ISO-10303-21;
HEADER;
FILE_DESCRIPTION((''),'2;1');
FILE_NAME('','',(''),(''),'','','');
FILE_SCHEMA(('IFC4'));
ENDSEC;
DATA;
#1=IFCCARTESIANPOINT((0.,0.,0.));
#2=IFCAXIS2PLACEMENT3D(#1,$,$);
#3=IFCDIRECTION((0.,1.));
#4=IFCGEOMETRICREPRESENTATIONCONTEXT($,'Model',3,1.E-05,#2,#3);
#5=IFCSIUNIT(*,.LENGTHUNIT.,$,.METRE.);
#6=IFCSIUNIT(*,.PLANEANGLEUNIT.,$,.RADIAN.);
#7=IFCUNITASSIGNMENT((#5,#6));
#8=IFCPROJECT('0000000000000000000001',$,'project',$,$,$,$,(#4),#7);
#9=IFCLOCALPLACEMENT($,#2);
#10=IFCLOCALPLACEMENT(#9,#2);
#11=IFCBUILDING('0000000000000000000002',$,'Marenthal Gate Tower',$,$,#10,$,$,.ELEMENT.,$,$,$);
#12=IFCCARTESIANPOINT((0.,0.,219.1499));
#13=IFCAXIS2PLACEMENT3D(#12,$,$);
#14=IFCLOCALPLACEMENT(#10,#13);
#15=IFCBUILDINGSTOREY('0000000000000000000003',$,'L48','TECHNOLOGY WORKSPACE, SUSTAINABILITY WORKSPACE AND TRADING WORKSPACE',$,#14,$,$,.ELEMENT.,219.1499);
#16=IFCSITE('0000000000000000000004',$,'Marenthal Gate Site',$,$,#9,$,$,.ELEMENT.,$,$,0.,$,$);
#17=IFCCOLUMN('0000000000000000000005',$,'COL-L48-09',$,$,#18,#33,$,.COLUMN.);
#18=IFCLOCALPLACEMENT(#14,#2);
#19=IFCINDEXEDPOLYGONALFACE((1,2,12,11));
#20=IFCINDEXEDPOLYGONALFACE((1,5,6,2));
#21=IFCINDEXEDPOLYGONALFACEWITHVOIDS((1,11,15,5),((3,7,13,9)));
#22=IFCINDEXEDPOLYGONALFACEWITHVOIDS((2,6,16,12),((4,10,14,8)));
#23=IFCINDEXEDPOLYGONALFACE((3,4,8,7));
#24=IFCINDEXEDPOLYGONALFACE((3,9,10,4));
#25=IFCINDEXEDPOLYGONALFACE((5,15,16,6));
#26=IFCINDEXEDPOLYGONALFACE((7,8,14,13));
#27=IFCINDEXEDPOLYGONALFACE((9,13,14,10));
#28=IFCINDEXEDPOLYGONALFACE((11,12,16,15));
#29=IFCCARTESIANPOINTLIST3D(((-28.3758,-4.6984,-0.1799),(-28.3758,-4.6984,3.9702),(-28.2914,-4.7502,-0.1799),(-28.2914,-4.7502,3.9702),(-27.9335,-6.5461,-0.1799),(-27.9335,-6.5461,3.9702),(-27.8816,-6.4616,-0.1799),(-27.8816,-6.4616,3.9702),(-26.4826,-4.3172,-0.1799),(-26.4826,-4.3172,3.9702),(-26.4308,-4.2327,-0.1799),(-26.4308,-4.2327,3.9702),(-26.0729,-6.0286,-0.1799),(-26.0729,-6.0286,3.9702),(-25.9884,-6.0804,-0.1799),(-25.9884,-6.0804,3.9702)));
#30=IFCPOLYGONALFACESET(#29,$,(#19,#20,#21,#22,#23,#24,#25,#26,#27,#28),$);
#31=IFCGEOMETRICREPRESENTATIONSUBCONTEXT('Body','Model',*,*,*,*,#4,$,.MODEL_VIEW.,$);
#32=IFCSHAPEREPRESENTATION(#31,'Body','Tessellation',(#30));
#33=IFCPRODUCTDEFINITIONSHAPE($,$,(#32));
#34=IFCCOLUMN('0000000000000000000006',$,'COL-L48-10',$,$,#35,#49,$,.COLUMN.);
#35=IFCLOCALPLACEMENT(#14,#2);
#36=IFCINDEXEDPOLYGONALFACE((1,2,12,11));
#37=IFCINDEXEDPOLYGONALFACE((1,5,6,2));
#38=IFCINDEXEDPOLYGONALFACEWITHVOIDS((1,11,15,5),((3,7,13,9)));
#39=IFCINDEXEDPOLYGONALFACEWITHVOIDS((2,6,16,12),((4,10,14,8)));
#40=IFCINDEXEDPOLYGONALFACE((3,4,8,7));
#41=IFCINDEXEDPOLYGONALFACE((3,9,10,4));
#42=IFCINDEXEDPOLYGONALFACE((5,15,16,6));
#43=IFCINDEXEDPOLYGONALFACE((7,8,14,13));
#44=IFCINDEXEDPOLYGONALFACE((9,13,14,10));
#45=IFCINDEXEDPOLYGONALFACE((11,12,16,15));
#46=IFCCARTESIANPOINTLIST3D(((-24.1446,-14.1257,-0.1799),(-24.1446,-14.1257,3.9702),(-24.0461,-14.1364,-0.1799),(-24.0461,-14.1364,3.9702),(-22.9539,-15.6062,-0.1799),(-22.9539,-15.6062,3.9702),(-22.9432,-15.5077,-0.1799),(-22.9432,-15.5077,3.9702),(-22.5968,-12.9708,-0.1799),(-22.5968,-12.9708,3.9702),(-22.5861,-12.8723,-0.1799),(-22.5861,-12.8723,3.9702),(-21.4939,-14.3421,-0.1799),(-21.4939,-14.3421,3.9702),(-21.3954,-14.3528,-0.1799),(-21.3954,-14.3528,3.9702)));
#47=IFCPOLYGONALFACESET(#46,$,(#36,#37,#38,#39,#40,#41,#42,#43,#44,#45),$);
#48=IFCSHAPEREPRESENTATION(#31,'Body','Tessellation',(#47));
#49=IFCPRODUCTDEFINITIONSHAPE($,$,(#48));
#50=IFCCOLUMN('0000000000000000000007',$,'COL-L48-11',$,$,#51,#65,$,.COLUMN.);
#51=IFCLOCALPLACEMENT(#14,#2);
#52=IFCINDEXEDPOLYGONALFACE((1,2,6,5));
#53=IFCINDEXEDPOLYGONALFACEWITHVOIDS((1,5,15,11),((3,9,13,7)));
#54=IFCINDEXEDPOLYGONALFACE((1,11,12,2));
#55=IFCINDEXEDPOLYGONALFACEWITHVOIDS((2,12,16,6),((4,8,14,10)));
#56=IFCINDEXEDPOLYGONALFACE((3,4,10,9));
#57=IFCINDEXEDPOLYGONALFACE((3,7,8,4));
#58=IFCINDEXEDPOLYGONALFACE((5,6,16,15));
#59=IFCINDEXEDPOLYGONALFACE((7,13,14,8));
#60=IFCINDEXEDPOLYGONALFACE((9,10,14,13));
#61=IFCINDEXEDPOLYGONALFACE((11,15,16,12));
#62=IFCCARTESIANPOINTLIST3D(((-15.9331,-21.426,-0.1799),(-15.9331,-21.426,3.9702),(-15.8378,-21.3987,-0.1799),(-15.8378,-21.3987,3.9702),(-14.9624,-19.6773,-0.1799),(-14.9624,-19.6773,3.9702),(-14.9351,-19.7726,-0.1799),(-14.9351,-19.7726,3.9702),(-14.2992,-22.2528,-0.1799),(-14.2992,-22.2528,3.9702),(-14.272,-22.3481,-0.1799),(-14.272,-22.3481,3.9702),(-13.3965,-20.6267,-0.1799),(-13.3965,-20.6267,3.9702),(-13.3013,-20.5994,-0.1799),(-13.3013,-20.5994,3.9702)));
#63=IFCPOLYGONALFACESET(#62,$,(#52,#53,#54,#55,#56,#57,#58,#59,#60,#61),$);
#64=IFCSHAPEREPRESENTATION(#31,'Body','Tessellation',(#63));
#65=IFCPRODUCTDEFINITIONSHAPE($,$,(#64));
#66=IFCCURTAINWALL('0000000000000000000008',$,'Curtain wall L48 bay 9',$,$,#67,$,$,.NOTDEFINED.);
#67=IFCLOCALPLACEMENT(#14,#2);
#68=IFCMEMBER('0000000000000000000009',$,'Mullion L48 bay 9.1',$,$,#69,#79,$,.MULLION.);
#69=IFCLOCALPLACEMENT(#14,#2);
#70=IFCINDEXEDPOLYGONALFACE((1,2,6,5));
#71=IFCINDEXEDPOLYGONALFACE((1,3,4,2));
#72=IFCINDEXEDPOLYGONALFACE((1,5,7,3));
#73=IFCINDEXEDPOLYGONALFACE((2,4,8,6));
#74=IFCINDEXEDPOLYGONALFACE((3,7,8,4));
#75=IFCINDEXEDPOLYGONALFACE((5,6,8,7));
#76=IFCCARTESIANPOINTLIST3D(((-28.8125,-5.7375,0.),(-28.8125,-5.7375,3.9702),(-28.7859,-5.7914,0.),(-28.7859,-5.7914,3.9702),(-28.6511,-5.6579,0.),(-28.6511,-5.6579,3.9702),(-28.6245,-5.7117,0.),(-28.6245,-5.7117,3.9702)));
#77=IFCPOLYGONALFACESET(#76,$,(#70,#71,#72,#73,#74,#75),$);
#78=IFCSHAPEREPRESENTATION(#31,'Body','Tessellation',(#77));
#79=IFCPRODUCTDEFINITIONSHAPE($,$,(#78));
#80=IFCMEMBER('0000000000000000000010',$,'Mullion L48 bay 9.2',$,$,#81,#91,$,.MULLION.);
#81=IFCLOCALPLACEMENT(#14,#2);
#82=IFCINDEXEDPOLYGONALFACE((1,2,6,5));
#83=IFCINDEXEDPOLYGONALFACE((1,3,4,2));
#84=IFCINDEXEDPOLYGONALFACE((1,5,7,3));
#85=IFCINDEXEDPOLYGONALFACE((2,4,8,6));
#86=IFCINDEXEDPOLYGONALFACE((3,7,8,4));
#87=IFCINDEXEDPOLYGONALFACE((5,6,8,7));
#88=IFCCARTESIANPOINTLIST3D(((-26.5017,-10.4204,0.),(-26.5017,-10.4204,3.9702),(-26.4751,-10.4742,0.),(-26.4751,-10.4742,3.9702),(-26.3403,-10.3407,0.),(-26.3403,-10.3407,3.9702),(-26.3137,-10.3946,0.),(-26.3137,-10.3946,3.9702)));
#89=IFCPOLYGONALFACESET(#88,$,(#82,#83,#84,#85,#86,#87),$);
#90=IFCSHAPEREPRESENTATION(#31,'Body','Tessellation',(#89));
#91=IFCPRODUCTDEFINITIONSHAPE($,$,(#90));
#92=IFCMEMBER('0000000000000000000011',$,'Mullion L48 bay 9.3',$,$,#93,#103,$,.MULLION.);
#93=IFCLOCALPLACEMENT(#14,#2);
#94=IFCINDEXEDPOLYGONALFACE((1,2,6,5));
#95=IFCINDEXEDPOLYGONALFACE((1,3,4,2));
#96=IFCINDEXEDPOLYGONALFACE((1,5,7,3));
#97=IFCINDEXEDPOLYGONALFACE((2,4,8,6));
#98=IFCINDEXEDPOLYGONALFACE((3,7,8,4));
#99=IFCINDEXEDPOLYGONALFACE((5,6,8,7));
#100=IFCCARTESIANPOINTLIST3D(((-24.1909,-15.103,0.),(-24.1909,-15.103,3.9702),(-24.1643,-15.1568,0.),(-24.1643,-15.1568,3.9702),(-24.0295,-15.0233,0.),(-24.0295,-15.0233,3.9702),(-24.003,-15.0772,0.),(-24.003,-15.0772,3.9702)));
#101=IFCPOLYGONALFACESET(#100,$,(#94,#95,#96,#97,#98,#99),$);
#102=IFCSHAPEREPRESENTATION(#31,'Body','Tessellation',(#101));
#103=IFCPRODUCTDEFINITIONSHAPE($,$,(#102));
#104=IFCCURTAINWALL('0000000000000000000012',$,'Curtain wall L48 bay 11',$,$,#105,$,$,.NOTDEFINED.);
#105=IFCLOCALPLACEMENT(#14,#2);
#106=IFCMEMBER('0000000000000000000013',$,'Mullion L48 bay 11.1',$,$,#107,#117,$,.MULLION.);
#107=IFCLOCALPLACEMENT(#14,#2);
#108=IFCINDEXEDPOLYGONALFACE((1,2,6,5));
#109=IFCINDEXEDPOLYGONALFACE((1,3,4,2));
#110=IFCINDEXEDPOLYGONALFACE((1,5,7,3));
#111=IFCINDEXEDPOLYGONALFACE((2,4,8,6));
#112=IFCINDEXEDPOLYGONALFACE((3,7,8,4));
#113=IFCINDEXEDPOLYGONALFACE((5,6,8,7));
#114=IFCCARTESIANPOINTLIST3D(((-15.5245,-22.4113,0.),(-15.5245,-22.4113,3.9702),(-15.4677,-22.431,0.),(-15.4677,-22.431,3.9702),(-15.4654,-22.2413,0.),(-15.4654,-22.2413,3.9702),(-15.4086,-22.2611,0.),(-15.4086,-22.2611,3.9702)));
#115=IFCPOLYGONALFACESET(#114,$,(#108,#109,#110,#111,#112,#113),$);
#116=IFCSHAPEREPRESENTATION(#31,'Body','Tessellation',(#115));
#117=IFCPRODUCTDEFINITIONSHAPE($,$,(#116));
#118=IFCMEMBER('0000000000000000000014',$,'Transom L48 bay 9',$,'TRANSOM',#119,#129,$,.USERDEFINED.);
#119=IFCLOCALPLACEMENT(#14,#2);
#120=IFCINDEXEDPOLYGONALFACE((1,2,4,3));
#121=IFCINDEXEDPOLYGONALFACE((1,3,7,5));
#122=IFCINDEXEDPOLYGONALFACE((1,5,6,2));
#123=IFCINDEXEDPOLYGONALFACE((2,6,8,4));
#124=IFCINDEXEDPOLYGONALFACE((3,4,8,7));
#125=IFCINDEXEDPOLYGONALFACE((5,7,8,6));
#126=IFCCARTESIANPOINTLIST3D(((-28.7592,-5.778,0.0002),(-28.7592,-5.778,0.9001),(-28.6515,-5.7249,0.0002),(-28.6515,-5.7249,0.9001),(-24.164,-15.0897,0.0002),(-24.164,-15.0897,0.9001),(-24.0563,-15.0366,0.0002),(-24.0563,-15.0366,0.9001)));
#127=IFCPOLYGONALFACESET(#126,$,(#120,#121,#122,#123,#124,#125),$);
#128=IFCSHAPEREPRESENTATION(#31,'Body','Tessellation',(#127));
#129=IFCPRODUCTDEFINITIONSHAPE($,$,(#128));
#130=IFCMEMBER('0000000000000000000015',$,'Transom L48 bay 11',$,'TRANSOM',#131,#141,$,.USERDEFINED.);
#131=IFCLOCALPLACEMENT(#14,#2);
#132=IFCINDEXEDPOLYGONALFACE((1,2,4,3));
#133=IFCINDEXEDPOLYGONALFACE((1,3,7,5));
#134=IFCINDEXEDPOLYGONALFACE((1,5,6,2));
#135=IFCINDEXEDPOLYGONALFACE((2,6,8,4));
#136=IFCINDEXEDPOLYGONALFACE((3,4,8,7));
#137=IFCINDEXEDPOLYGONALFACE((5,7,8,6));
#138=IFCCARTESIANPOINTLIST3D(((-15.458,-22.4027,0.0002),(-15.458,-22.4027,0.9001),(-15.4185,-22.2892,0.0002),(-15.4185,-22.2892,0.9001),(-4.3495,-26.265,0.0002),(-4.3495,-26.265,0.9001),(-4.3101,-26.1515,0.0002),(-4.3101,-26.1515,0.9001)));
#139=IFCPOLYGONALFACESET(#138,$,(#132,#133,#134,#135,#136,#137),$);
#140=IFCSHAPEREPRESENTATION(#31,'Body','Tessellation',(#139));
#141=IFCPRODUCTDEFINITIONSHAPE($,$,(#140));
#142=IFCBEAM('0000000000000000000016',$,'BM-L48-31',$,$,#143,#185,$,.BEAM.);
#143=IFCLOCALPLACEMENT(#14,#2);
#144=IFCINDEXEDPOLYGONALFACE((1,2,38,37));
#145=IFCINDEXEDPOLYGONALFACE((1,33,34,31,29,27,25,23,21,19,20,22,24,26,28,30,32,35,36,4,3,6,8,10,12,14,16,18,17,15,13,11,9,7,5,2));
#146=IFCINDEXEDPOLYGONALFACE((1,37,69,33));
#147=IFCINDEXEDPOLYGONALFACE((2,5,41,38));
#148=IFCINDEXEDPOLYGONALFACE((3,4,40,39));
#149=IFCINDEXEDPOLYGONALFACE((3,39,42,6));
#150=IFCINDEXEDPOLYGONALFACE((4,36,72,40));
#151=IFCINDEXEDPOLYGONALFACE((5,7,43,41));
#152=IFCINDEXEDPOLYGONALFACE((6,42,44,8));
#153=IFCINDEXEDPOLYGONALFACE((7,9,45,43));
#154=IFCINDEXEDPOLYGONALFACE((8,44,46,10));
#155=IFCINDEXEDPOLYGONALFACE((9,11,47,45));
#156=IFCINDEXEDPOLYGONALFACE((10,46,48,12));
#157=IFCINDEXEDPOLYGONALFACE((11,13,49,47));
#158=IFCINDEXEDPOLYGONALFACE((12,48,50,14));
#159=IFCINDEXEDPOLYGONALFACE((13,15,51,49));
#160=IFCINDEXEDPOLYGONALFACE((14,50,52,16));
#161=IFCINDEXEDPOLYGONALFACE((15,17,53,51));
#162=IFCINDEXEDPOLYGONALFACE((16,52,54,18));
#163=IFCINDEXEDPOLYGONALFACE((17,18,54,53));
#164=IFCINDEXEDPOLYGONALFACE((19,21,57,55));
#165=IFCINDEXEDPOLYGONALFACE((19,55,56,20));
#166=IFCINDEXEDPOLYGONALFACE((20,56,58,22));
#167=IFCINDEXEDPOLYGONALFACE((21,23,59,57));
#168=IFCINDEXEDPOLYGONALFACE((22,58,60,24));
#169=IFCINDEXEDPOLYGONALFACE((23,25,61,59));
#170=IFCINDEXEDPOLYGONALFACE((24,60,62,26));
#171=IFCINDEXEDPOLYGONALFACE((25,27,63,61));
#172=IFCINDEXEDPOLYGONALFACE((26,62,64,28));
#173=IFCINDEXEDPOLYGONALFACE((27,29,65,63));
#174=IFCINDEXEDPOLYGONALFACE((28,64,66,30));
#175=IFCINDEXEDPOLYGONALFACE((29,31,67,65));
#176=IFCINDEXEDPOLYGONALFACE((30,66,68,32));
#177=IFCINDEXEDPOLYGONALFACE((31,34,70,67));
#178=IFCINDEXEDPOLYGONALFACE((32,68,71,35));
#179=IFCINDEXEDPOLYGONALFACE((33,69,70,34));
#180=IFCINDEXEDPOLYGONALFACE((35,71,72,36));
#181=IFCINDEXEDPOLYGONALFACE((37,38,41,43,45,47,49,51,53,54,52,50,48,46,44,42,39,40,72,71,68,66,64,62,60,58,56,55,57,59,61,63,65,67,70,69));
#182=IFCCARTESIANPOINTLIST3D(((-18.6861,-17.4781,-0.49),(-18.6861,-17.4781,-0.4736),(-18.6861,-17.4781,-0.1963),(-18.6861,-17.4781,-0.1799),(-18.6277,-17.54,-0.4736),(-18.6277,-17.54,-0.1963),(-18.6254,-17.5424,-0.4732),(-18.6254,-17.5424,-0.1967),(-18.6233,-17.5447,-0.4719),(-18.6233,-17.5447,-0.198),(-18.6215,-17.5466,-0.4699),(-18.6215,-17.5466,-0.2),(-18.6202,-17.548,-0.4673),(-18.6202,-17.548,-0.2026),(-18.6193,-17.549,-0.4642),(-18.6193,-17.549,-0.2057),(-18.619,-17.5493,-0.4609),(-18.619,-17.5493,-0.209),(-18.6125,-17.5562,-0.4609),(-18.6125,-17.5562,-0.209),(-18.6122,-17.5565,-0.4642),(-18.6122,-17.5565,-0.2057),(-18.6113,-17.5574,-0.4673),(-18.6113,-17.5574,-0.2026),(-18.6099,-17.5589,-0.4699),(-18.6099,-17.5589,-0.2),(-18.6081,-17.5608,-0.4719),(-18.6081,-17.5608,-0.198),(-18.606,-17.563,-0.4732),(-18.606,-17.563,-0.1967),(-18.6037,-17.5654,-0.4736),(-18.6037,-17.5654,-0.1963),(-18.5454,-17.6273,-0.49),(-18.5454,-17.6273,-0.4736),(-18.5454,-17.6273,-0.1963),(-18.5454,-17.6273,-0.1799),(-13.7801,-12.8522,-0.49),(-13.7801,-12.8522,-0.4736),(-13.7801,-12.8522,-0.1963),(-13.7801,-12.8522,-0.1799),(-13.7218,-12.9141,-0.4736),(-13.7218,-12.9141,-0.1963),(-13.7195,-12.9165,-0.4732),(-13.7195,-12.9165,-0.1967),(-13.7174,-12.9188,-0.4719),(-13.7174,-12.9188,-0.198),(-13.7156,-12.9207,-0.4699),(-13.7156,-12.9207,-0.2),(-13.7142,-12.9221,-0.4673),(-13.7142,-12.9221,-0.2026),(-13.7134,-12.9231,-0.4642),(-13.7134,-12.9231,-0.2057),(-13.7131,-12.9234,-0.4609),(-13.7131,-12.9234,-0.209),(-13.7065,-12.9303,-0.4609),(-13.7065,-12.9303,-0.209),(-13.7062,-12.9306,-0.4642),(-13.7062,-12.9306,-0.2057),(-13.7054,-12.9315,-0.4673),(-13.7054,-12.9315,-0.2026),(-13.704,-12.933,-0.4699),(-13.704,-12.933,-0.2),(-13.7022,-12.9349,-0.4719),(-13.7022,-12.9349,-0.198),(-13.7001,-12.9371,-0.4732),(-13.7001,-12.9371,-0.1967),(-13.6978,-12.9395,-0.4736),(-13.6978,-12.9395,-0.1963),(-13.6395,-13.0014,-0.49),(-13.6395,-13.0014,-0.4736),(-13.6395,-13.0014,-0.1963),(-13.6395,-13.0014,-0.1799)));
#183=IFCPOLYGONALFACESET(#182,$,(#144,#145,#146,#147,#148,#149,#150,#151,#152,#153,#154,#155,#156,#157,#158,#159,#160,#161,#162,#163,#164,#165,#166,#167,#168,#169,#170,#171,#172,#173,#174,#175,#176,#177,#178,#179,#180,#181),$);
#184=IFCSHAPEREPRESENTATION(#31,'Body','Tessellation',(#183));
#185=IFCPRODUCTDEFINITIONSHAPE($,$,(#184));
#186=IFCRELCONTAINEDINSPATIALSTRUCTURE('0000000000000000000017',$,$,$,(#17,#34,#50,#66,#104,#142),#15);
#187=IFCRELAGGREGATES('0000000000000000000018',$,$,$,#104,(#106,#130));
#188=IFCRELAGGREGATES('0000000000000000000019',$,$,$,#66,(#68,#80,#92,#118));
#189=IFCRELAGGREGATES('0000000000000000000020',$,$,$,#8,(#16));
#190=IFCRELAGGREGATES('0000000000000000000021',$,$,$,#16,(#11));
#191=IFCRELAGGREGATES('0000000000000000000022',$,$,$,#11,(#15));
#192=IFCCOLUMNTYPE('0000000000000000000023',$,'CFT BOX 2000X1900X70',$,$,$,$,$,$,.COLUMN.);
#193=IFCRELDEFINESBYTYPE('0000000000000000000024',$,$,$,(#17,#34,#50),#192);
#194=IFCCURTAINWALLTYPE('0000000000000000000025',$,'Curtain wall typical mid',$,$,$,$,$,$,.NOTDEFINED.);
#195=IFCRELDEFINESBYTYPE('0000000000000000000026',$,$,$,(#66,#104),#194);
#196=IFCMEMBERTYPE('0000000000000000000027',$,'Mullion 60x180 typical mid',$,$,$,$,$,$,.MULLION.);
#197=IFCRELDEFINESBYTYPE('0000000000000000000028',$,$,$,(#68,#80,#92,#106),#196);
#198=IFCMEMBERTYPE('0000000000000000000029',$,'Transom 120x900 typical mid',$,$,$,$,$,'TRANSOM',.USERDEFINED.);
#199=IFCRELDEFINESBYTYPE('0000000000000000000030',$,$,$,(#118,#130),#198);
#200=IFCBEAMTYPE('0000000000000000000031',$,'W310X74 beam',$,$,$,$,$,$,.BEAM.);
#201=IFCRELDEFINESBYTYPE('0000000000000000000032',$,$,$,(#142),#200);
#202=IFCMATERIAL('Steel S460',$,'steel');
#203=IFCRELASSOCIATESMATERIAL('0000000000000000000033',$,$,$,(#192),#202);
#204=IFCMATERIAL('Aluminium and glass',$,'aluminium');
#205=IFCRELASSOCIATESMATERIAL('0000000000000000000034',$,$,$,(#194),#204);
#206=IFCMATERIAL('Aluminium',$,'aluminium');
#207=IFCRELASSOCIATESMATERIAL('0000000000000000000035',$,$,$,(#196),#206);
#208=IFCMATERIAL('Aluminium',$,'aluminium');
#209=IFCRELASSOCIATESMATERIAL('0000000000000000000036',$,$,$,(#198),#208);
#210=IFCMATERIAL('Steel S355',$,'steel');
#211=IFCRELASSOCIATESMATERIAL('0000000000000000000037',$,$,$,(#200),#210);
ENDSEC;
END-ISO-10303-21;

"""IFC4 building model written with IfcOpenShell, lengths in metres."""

from ifc_helpers import new_model, si_unit, direction, frame, origin, origin_2d, place, context, subcontext, project, spatial, rectangle, hollow_rectangle, i_section, extrude, material, material_profile, profile_set, type_object, element, aggregate, save


model = new_model("IFC4")

# Units and contexts
model_context = context("Model", 3, precision=1e-05, world=origin(), true_north=direction((0.0, 1.0)))
body_context = subcontext(model_context, "Body", "Model", "MODEL_VIEW")
ifc_project = project(units=[si_unit("LENGTHUNIT", "METRE"), si_unit("PLANEANGLEUNIT", "RADIAN")], contexts=[model_context])

# Site, building, storey
site_placement = place(None, origin())
site = spatial("IfcSite", under=ifc_project, at=site_placement, Name="Marenthal Gate Site", CompositionType="ELEMENT", RefElevation=0.0)
building_placement = place(site_placement, origin())
building = spatial("IfcBuilding", under=site, at=building_placement, Name="Marenthal Gate Tower", CompositionType="ELEMENT")
storey_placement = place(building_placement, frame((0.0, 0.0, 219.1499)))
storey = spatial("IfcBuildingStorey", under=building, at=storey_placement, Name="L48", Description="TECHNOLOGY WORKSPACE, SUSTAINABILITY WORKSPACE AND TRADING WORKSPACE", CompositionType="ELEMENT", Elevation=219.1499)

# Columns
ifc_material_1 = material(Name="Steel S460", Category="steel")
ifc_material_profile_1 = material_profile(ifc_material_1, hollow_rectangle(XDim=1.8999, YDim=2.0, WallThickness=0.0701, at=origin_2d()), Name="CFT BOX 2000X1900X70")
ifc_material_2 = material(Name="Concrete 70 MPa", Category="concrete")
ifc_material_profile_2 = material_profile(ifc_material_2, rectangle(XDim=1.76, YDim=1.8601, at=origin_2d()), Name="CFT BOX 2000X1900X70 INFILL")
ifc_profile_set_1 = profile_set([ifc_material_profile_1, ifc_material_profile_2], Name="Steel S460 shell, Concrete 70 MPa infill")
column_type = type_object("IfcColumnType", Name="CFT BOX 2000X1900X70", PredefinedType="COLUMN", material=ifc_profile_set_1)
for number, where, z_axis, x_axis, name in (
    (1, (-27.1821, -5.3894, -0.1799), (0.0, 0.0, 1.0), (-0.232843, 0.972514, 0.0), "COL-L48-09"),
    (2, (-22.77, -14.2393, -0.1799), (0.0, 0.0, 1.0), (-0.626719, 0.779245, 0.0), "COL-L48-10"),
    (3, (-14.6172, -21.0127, -0.1799), (0.0, 0.0, 1.0), (-0.874319, 0.485351, 0.0), "COL-L48-11"),
):
    element("IfcColumn", number, at=place(storey_placement, frame(where, z_axis=z_axis, x_axis=x_axis)), inside=storey, type_object=column_type, Name=name, PredefinedType="COLUMN", context=body_context, shape_type="SweptSolid", body=[
        extrude(hollow_rectangle(XDim=1.8999, YDim=2.0, WallThickness=0.0701, at=origin_2d()), origin(), (0.0, 0.0, 1.0), 4.1501),
    ])

# Curtain wall, members
ifc_material_3 = material(Name="Aluminium and glass", Category="aluminium")
curtain_wall_type = type_object("IfcCurtainWallType", Name="Curtain wall typical mid", PredefinedType="NOTDEFINED", material=ifc_material_3)
curtain_wall_1_placement = place(storey_placement, origin())
curtain_wall_1 = element("IfcCurtainWall", 4, at=curtain_wall_1_placement, inside=storey, type_object=curtain_wall_type, Name="Curtain wall L48 bay 9", PredefinedType="NOTDEFINED")
ifc_material_4 = material(Name="Aluminium", Category="aluminium")
ifc_material_profile_3 = material_profile(ifc_material_4, rectangle(XDim=0.1799, YDim=0.0601, at=origin_2d()), Name="60x180 aluminium mullion")
ifc_profile_set_2 = profile_set([ifc_material_profile_3], Name="Aluminium")
member_type_1 = type_object("IfcMemberType", Name="Mullion 60x180 typical mid", PredefinedType="MULLION", material=ifc_profile_set_2)
member_1_placement = place(storey_placement, frame((-28.7185, -5.7246, 0.0), z_axis=(0.0, 0.0, 1.0), x_axis=(0.896757, 0.442523, 0.0)))
member_1 = element("IfcMember", 5, at=member_1_placement, type_object=member_type_1, Name="Mullion L48 bay 9.1", PredefinedType="MULLION", context=body_context, shape_type="SweptSolid", body=[
    extrude(rectangle(XDim=0.1799, YDim=0.0601, at=origin_2d()), origin(), (0.0, 0.0, 1.0), 3.9702),
])
member_2_placement = place(storey_placement, frame((-26.4077, -10.4075, 0.0), z_axis=(0.0, 0.0, 1.0), x_axis=(0.896757, 0.442523, 0.0)))
member_2 = element("IfcMember", 6, at=member_2_placement, type_object=member_type_1, Name="Mullion L48 bay 9.2", PredefinedType="MULLION", context=body_context, shape_type="SweptSolid", body=[
    extrude(rectangle(XDim=0.1799, YDim=0.0601, at=origin_2d()), origin(), (0.0, 0.0, 1.0), 3.9702),
])
member_3_placement = place(storey_placement, frame((-24.0969, -15.0901, 0.0), z_axis=(0.0, 0.0, 1.0), x_axis=(0.896757, 0.442523, 0.0)))
member_3 = element("IfcMember", 7, at=member_3_placement, type_object=member_type_1, Name="Mullion L48 bay 9.3", PredefinedType="MULLION", context=body_context, shape_type="SweptSolid", body=[
    extrude(rectangle(XDim=0.1799, YDim=0.0601, at=origin_2d()), origin(), (0.0, 0.0, 1.0), 3.9702),
])

# Curtain wall, member
curtain_wall_2_placement = place(storey_placement, origin())
curtain_wall_2 = element("IfcCurtainWall", 8, at=curtain_wall_2_placement, inside=storey, type_object=curtain_wall_type, Name="Curtain wall L48 bay 11", PredefinedType="NOTDEFINED")
member_4_placement = place(storey_placement, frame((-15.4666, -22.3362, 0.0), z_axis=(0.0, 0.0, 1.0), x_axis=(0.3284, 0.944539, 0.0)))
member_4 = element("IfcMember", 9, at=member_4_placement, type_object=member_type_1, Name="Mullion L48 bay 11.1", PredefinedType="MULLION", context=body_context, shape_type="SweptSolid", body=[
    extrude(rectangle(XDim=0.1799, YDim=0.0601, at=origin_2d()), origin(), (0.0, 0.0, 1.0), 3.9702),
])

# Members
ifc_material_5 = material(Name="Aluminium", Category="aluminium")
ifc_material_profile_4 = material_profile(ifc_material_5, rectangle(XDim=0.1201, YDim=0.8999, at=origin_2d()), Name="120x900 aluminium transom")
ifc_profile_set_3 = profile_set([ifc_material_profile_4], Name="Aluminium")
member_type_2 = type_object("IfcMemberType", Name="Transom 120x900 typical mid", ElementType="TRANSOM", PredefinedType="USERDEFINED", material=ifc_profile_set_3)
member_5_placement = place(storey_placement, frame((-28.7053, -5.7515, 0.4502), z_axis=(0.442533, -0.896752, 0.0), x_axis=(0.896752, 0.442533, 0.0)))
member_5 = element("IfcMember", 10, at=member_5_placement, type_object=member_type_2, Name="Transom L48 bay 9", ObjectType="TRANSOM", PredefinedType="USERDEFINED", context=body_context, shape_type="SweptSolid", body=[
    extrude(rectangle(XDim=0.1201, YDim=0.8999, at=origin_2d()), origin(), (0.0, 0.0, 1.0), 10.3838),
])
member_6_placement = place(storey_placement, frame((-15.4382, -22.3459, 0.4502), z_axis=(0.944536, -0.328408, 0.0), x_axis=(0.328408, 0.944536, 0.0)))
member_6 = element("IfcMember", 11, at=member_6_placement, type_object=member_type_2, Name="Transom L48 bay 11", ObjectType="TRANSOM", PredefinedType="USERDEFINED", context=body_context, shape_type="SweptSolid", body=[
    extrude(rectangle(XDim=0.1201, YDim=0.8999, at=origin_2d()), origin(), (0.0, 0.0, 1.0), 11.7607),
])
aggregate(curtain_wall_2, [member_4, member_6])

# Beam
ifc_material_6 = material(Name="Steel S355", Category="steel")
ifc_material_profile_5 = material_profile(ifc_material_6, i_section(OverallWidth=0.2051, OverallDepth=0.3101, WebThickness=0.0095, FlangeThickness=0.0164, FilletRadius=0.0127, at=origin_2d()), Name="W310X74")
ifc_profile_set_4 = profile_set([ifc_material_profile_5], Name="Steel S355")
beam_type_1 = type_object("IfcBeamType", Name="W310X74 beam", PredefinedType="BEAM", material=ifc_profile_set_4)
beam_1_placement = place(storey_placement, frame((-18.6157, -17.5527, -0.335), z_axis=(0.727566, 0.686038, 0.0), x_axis=(-0.686038, 0.727566, 0.0)))
element("IfcBeam", 12, at=beam_1_placement, inside=storey, type_object=beam_type_1, Name="BM-L48-31", PredefinedType="BEAM", context=body_context, shape_type="SweptSolid", body=[
    extrude(i_section(OverallWidth=0.2051, OverallDepth=0.3101, WebThickness=0.0095, FlangeThickness=0.0164, FilletRadius=0.0127, at=origin_2d()), origin(), (0.0, 0.0, 1.0), 6.7429),
])

aggregate(curtain_wall_1, [member_1, member_2, member_3, member_5])

save(model, "model.ifc")
